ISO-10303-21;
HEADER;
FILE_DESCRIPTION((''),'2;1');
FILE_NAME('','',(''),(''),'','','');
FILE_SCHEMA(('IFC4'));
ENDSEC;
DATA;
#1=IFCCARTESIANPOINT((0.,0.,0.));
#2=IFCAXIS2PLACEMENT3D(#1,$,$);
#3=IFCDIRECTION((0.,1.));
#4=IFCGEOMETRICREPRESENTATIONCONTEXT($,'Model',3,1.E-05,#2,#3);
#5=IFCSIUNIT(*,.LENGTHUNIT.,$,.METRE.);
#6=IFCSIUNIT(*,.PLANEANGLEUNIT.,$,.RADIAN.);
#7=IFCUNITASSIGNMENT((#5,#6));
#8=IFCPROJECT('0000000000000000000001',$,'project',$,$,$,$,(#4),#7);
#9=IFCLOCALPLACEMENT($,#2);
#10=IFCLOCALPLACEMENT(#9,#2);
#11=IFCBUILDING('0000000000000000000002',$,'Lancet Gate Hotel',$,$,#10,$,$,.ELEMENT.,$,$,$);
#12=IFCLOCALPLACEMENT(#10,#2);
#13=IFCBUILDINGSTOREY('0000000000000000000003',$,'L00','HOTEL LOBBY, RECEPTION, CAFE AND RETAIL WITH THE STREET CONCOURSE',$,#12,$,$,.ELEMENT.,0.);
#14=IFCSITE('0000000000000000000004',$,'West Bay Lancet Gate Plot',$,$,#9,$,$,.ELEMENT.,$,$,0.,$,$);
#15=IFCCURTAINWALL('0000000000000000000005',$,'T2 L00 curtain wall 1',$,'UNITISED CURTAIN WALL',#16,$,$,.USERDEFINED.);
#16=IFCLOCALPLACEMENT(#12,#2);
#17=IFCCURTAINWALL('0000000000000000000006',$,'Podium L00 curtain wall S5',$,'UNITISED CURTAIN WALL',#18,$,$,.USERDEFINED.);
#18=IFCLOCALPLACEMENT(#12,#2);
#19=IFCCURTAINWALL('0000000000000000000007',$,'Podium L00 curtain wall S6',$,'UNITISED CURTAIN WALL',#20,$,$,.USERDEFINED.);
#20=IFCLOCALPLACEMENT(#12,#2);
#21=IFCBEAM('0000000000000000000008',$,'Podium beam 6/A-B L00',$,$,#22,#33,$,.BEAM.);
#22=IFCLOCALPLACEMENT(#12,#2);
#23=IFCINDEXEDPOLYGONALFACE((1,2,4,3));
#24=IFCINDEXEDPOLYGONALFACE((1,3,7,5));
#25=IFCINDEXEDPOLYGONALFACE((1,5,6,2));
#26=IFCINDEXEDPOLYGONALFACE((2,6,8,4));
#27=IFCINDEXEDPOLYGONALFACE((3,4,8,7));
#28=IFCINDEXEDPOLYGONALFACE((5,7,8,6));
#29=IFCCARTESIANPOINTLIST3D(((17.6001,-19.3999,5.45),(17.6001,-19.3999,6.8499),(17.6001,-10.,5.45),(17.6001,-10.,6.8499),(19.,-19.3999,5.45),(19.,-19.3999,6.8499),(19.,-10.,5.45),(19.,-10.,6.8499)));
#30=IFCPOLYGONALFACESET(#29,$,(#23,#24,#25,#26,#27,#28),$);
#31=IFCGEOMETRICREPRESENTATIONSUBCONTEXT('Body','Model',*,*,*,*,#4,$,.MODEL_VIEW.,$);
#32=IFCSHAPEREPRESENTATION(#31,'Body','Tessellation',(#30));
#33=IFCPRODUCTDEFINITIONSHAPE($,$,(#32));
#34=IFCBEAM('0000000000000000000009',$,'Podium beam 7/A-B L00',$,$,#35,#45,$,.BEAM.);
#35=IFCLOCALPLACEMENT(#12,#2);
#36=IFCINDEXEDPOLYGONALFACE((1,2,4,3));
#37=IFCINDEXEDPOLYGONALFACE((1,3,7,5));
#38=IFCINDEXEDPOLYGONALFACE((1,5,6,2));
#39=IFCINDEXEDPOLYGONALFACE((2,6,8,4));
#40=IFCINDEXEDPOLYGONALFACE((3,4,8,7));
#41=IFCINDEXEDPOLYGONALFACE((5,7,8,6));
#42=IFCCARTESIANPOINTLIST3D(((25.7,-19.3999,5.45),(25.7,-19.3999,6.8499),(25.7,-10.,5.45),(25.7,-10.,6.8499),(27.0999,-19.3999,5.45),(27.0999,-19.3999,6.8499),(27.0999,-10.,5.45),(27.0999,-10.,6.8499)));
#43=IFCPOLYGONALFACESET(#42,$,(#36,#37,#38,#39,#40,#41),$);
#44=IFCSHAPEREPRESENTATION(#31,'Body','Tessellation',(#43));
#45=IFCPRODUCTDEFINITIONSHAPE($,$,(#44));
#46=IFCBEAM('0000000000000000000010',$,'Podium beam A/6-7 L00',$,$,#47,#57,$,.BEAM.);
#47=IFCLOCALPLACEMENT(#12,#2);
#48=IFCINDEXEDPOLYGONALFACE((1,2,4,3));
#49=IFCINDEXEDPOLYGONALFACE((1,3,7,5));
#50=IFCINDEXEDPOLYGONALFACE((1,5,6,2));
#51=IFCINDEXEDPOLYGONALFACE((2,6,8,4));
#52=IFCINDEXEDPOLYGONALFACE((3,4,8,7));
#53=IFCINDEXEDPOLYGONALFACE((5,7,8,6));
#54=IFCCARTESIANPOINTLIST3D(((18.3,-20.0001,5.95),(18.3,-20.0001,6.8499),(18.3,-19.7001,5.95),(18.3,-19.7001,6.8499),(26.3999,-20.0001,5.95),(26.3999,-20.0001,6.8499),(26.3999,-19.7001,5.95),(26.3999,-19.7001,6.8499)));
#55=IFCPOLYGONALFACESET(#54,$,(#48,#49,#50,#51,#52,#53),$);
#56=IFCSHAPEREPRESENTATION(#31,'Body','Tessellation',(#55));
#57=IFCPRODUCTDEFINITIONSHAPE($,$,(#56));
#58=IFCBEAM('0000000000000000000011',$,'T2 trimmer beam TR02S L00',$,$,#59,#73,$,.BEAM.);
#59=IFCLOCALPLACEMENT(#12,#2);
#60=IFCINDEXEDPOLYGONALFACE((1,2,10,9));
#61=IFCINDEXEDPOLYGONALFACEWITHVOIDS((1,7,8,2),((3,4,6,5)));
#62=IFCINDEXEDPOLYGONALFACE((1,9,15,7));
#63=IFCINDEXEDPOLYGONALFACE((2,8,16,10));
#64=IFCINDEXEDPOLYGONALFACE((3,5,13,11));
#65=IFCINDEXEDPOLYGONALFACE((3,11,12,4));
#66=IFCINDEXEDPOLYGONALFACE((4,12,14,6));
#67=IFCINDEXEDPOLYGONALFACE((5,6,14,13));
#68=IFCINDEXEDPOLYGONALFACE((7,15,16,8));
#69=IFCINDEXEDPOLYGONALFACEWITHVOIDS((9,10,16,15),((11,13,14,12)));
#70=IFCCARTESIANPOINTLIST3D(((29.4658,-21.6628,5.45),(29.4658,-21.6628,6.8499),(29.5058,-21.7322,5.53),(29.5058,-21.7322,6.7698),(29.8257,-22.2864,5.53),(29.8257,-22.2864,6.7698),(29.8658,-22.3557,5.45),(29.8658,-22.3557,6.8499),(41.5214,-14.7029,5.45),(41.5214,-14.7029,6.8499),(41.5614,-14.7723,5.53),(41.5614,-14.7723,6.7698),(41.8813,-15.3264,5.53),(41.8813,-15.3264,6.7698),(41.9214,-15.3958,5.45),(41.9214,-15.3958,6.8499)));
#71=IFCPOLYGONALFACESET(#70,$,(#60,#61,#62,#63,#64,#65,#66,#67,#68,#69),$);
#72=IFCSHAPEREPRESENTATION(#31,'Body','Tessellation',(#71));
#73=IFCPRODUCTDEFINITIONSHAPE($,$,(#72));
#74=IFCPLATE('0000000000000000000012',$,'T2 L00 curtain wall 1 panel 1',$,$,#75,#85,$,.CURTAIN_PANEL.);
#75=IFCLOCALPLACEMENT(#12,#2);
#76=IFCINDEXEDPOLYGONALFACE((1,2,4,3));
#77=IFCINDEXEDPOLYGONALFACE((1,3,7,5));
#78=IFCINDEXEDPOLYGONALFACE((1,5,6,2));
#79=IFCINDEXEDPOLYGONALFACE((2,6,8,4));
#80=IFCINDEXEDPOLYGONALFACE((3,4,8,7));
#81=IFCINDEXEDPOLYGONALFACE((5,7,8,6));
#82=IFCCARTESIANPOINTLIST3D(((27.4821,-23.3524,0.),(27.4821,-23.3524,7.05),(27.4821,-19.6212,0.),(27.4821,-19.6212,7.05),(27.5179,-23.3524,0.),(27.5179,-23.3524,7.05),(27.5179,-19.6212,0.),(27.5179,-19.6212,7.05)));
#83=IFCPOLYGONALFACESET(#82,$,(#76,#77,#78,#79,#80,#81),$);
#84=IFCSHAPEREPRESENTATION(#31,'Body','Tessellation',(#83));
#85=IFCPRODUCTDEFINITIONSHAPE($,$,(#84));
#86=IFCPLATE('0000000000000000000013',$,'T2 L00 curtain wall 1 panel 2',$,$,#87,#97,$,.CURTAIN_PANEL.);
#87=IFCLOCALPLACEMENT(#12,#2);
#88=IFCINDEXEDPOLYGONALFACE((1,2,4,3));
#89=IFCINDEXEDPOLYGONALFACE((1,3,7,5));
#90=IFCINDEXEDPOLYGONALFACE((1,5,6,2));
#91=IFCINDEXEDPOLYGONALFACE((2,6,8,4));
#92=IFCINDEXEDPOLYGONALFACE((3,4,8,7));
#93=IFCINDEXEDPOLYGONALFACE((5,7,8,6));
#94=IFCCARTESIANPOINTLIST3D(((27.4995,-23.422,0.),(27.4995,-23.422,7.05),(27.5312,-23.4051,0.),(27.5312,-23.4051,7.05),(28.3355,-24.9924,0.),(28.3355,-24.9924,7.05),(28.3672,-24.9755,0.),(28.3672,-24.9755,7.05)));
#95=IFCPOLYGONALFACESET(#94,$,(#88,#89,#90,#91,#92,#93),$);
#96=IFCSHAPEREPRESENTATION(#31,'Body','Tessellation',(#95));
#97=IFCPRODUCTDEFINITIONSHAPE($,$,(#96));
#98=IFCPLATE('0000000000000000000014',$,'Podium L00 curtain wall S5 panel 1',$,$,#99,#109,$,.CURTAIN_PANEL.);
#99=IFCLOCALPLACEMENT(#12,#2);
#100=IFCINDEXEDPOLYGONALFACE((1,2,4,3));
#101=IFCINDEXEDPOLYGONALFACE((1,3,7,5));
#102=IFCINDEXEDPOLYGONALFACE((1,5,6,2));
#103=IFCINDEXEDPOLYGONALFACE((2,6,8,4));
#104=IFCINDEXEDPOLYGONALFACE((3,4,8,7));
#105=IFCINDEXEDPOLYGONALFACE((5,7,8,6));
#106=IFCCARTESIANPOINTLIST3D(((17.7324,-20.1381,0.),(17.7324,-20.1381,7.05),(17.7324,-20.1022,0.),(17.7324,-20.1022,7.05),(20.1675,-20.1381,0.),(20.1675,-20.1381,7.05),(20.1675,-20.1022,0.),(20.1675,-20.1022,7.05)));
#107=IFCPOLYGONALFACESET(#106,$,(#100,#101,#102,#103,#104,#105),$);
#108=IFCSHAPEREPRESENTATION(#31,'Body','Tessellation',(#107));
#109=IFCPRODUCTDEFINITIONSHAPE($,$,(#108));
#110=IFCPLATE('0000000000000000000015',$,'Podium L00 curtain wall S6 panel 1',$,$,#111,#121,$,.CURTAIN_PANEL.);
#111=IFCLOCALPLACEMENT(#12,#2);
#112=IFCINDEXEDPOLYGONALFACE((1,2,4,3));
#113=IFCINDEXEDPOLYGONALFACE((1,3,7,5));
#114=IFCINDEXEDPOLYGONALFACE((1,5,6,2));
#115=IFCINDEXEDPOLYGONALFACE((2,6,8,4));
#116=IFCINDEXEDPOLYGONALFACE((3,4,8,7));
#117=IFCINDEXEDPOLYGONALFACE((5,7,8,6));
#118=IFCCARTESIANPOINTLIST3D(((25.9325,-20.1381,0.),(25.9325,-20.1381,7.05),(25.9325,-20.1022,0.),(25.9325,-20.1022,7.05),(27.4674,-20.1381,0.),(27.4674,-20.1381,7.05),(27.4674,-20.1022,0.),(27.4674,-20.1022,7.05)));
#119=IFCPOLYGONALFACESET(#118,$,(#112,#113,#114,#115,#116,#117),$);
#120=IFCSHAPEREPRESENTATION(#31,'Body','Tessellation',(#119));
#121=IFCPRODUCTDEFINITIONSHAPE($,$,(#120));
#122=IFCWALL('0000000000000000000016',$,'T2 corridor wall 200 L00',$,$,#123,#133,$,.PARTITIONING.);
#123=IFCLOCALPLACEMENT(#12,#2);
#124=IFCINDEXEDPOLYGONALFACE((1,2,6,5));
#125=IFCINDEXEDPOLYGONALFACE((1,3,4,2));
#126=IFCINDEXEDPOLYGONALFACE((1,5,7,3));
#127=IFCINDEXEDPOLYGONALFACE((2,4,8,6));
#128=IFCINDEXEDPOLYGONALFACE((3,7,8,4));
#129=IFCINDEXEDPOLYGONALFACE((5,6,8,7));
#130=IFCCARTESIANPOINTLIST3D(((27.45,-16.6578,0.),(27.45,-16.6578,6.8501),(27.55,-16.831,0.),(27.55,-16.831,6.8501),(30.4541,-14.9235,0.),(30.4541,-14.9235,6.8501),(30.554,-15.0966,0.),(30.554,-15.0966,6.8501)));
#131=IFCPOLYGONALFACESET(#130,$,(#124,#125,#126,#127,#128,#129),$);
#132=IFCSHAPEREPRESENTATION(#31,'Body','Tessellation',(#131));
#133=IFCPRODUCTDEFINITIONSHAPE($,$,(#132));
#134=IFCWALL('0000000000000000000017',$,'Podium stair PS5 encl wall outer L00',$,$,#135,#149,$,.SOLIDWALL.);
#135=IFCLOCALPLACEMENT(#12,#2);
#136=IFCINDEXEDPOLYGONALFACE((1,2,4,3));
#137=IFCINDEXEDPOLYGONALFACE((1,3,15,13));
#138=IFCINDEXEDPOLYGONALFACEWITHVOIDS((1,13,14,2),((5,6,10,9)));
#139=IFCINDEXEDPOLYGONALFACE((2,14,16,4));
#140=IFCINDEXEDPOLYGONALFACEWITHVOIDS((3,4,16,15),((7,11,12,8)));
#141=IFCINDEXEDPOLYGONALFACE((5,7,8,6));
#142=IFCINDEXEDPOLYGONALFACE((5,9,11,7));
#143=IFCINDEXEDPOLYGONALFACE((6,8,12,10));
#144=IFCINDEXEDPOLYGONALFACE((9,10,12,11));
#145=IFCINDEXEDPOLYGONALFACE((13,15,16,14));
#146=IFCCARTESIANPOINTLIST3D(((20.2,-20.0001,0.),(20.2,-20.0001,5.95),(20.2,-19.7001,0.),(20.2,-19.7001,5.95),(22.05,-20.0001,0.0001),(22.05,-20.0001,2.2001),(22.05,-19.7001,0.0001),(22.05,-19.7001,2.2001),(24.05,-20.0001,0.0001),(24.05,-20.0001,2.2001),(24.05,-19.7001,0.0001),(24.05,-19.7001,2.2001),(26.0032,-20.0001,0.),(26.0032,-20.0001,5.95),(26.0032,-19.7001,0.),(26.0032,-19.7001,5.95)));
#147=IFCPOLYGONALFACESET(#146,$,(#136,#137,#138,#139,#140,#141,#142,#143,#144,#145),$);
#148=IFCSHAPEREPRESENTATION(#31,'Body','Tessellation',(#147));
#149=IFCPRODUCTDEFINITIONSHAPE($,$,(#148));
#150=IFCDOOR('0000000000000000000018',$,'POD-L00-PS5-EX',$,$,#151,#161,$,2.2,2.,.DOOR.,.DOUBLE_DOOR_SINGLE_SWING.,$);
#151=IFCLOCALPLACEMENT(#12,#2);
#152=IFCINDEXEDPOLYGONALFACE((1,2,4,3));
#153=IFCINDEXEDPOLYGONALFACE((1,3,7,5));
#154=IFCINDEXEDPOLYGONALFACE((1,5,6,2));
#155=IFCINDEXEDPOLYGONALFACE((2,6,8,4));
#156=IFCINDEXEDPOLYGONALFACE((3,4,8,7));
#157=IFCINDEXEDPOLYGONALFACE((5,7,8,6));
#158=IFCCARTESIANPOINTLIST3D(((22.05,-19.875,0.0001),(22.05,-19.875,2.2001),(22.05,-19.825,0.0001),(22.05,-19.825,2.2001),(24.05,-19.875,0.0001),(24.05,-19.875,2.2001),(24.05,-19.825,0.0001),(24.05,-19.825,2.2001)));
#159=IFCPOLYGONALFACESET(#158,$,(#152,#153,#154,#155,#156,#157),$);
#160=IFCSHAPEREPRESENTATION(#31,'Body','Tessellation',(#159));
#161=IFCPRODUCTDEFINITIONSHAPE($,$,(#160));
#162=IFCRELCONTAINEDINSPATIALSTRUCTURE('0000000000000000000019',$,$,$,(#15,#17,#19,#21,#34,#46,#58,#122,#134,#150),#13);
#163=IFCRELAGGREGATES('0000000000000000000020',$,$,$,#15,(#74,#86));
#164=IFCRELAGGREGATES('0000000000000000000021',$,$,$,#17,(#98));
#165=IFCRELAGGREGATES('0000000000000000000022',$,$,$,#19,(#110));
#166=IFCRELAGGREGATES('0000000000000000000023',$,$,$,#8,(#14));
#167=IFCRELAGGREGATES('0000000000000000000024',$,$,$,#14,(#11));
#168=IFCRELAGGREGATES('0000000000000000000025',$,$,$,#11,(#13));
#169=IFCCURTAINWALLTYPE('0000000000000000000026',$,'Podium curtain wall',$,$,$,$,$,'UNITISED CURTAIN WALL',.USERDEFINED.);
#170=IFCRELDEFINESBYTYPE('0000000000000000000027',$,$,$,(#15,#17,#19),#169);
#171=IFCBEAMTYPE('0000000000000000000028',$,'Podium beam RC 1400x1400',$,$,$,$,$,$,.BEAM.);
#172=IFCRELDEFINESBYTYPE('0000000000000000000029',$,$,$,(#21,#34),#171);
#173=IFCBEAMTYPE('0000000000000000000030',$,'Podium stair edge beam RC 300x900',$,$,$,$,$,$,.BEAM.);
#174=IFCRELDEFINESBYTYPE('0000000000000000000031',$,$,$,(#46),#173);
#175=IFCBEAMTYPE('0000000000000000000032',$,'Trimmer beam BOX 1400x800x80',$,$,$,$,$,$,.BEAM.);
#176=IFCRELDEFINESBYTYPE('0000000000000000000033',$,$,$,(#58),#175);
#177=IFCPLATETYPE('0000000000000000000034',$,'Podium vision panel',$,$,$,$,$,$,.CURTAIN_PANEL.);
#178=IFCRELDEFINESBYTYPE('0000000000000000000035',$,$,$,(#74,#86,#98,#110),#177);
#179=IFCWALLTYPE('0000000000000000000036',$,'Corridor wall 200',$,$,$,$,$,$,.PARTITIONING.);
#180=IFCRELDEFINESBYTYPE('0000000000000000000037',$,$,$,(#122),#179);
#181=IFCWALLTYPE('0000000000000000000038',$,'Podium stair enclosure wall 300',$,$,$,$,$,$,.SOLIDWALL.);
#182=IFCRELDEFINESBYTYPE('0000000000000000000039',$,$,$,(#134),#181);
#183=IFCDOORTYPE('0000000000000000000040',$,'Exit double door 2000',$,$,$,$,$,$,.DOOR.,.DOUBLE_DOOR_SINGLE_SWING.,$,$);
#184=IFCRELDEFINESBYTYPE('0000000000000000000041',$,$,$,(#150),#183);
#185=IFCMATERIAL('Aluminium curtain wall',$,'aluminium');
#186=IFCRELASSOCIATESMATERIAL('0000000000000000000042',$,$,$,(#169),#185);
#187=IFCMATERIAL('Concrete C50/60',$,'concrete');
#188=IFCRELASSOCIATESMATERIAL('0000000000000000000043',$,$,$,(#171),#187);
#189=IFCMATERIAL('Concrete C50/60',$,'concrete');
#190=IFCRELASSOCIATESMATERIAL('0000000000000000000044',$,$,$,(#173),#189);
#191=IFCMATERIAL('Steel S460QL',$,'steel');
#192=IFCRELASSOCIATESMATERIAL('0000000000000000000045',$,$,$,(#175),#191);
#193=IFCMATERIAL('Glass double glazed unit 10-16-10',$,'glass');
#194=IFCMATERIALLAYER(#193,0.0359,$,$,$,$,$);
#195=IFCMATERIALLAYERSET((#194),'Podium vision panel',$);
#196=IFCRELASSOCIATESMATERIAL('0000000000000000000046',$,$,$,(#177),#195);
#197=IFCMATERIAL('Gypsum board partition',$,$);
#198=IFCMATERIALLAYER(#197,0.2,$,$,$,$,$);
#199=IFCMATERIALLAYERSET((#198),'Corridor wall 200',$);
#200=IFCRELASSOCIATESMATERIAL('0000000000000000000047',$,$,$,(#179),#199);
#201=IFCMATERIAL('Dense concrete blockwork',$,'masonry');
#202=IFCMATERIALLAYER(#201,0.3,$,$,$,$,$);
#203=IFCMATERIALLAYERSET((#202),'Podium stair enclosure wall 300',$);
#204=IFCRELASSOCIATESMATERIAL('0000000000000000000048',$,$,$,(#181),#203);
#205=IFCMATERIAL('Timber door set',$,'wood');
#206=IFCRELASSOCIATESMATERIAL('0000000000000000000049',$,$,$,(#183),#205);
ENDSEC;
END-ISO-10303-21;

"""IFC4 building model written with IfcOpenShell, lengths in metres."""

from ifc_helpers import new_model, si_unit, direction, frame, frame_2d, origin, origin_2d, place, context, subcontext, project, spatial, rectangle, hollow_rectangle, extrude, material, layer, layer_set, material_profile, profile_set, type_object, element, fill, aggregate, save


model = new_model("IFC4")

# Units and contexts
model_context = context("Model", 3, precision=1e-05, world=origin(), true_north=direction((0.0, 1.0)))
body_context = subcontext(model_context, "Body", "Model", "MODEL_VIEW")
ifc_project = project(units=[si_unit("LENGTHUNIT", "METRE"), si_unit("PLANEANGLEUNIT", "RADIAN")], contexts=[model_context])

# Site, building, storey
site_placement = place(None, origin())
site = spatial("IfcSite", under=ifc_project, at=site_placement, Name="West Bay Lancet Gate Plot", CompositionType="ELEMENT", RefElevation=0.0)
building_placement = place(site_placement, origin())
building = spatial("IfcBuilding", under=site, at=building_placement, Name="Lancet Gate Hotel", CompositionType="ELEMENT")
storey_placement = place(building_placement, origin())
storey = spatial("IfcBuildingStorey", under=building, at=storey_placement, Name="L00", Description="HOTEL LOBBY, RECEPTION, CAFE AND RETAIL WITH THE STREET CONCOURSE", CompositionType="ELEMENT", Elevation=0.0)

# Curtain wall
ifc_material_1 = material(Name="Aluminium curtain wall", Category="aluminium")
curtain_wall_type = type_object("IfcCurtainWallType", Name="Podium curtain wall", ElementType="UNITISED CURTAIN WALL", PredefinedType="USERDEFINED", material=ifc_material_1)
curtain_wall_1_placement = place(storey_placement, origin())
curtain_wall_1 = element("IfcCurtainWall", 1, at=curtain_wall_1_placement, inside=storey, type_object=curtain_wall_type, Name="T2 L00 curtain wall 1", ObjectType="UNITISED CURTAIN WALL", PredefinedType="USERDEFINED")

# Curtain wall
curtain_wall_2_placement = place(storey_placement, origin())
curtain_wall_2 = element("IfcCurtainWall", 2, at=curtain_wall_2_placement, inside=storey, type_object=curtain_wall_type, Name="Podium L00 curtain wall S5", ObjectType="UNITISED CURTAIN WALL", PredefinedType="USERDEFINED")

# Curtain wall
curtain_wall_3_placement = place(storey_placement, origin())
curtain_wall_3 = element("IfcCurtainWall", 3, at=curtain_wall_3_placement, inside=storey, type_object=curtain_wall_type, Name="Podium L00 curtain wall S6", ObjectType="UNITISED CURTAIN WALL", PredefinedType="USERDEFINED")

# Beams
ifc_material_2 = material(Name="Concrete C50/60", Category="concrete")
ifc_material_profile_1 = material_profile(ifc_material_2, rectangle(XDim=1.3999, YDim=1.3999, at=origin_2d()), Name="RC 1400x1400")
ifc_profile_set_1 = profile_set([ifc_material_profile_1], Name="Concrete C50/60")
beam_type_1 = type_object("IfcBeamType", Name="Podium beam RC 1400x1400", PredefinedType="BEAM", material=ifc_profile_set_1)
for number, where, z_axis, x_axis, name in (
    (4, (18.3, -19.3999, 6.1499), (0.0, 1.0, 0.0), (-1.0, 0.0, 0.0), "Podium beam 6/A-B L00"),
    (5, (26.3999, -19.3999, 6.1499), (0.0, 1.0, 0.0), (-1.0, 0.0, 0.0), "Podium beam 7/A-B L00"),
):
    element("IfcBeam", number, at=place(storey_placement, frame(where, z_axis=z_axis, x_axis=x_axis)), inside=storey, type_object=beam_type_1, Name=name, PredefinedType="BEAM", context=body_context, shape_type="SweptSolid", body=[
        extrude(rectangle(XDim=1.3999, YDim=1.3999, at=origin_2d()), origin(), (0.0, 0.0, 1.0), 9.3999),
    ])
ifc_material_3 = material(Name="Concrete C50/60", Category="concrete")
ifc_material_profile_2 = material_profile(ifc_material_3, rectangle(XDim=0.3, YDim=0.8999, at=origin_2d()), Name="RC 300x900")
ifc_profile_set_2 = profile_set([ifc_material_profile_2], Name="Concrete C50/60")
beam_type_2 = type_object("IfcBeamType", Name="Podium stair edge beam RC 300x900", PredefinedType="BEAM", material=ifc_profile_set_2)
beam_1_placement = place(storey_placement, frame((18.3, -19.8501, 6.3999), z_axis=(1.0, 0.0, 0.0), x_axis=(0.0, 1.0, 0.0)))
element("IfcBeam", 6, at=beam_1_placement, inside=storey, type_object=beam_type_2, Name="Podium beam A/6-7 L00", PredefinedType="BEAM", context=body_context, shape_type="SweptSolid", body=[
    extrude(rectangle(XDim=0.3, YDim=0.8999, at=origin_2d()), origin(), (0.0, 0.0, 1.0), 8.0999),
])
ifc_material_4 = material(Name="Steel S460QL", Category="steel")
ifc_material_profile_3 = material_profile(ifc_material_4, hollow_rectangle(XDim=0.8, YDim=1.3999, WallThickness=0.0801, at=origin_2d()), Name="BOX 1400x800x80")
ifc_profile_set_3 = profile_set([ifc_material_profile_3], Name="Steel S460QL")
beam_type_3 = type_object("IfcBeamType", Name="Trimmer beam BOX 1400x800x80", PredefinedType="BEAM", material=ifc_profile_set_3)
beam_2_placement = place(storey_placement, frame((29.6658, -22.0093, 6.1499), z_axis=(0.866037, 0.49998, 0.0), x_axis=(-0.49998, 0.866037, 0.0)))
element("IfcBeam", 7, at=beam_2_placement, inside=storey, type_object=beam_type_3, Name="T2 trimmer beam TR02S L00", PredefinedType="BEAM", context=body_context, shape_type="SweptSolid", body=[
    extrude(hollow_rectangle(XDim=0.8, YDim=1.3999, WallThickness=0.0801, at=origin_2d()), origin(), (0.0, 0.0, 1.0), 13.9204),
])

# Plates
ifc_material_5 = material(Name="Glass double glazed unit 10-16-10", Category="glass")
ifc_layer_1 = layer(ifc_material_5, 0.0359)
ifc_layer_set_1 = layer_set([ifc_layer_1], Name="Podium vision panel")
plate_type = type_object("IfcPlateType", Name="Podium vision panel", PredefinedType="CURTAIN_PANEL", material=ifc_layer_set_1)
plate_1_placement = place(storey_placement, frame((27.5, -21.4868, 0.0), z_axis=(0.0, 0.0, 1.0), x_axis=(0.0, -1.0, 0.0)))
plate_1 = element("IfcPlate", 8, at=plate_1_placement, type_object=plate_type, Name="T2 L00 curtain wall 1 panel 1", PredefinedType="CURTAIN_PANEL", context=body_context, shape_type="SweptSolid", body=[
    extrude(rectangle(XDim=3.7312, YDim=0.0359, at=origin_2d()), origin(), (0.0, 0.0, 1.0), 7.05),
])
plate_2_placement = place(storey_placement, frame((27.9333, -24.1987, 0.0), z_axis=(0.0, 0.0, 1.0), x_axis=(0.469898, -0.882721, 0.0)))
plate_2 = element("IfcPlate", 9, at=plate_2_placement, type_object=plate_type, Name="T2 L00 curtain wall 1 panel 2", PredefinedType="CURTAIN_PANEL", context=body_context, shape_type="SweptSolid", body=[
    extrude(rectangle(XDim=1.7791, YDim=0.0359, at=origin_2d()), origin(), (0.0, 0.0, 1.0), 7.05),
])
aggregate(curtain_wall_1, [plate_1, plate_2])
plate_3_placement = place(storey_placement, frame((18.95, -20.1201, 0.0), z_axis=(0.0, 0.0, 1.0), x_axis=(1.0, 0.0, 0.0)))
plate_3 = element("IfcPlate", 10, at=plate_3_placement, type_object=plate_type, Name="Podium L00 curtain wall S5 panel 1", PredefinedType="CURTAIN_PANEL", context=body_context, shape_type="SweptSolid", body=[
    extrude(rectangle(XDim=2.4351, YDim=0.0359, at=origin_2d()), origin(), (0.0, 0.0, 1.0), 7.05),
])
aggregate(curtain_wall_2, [plate_3])
plate_4_placement = place(storey_placement, frame((26.7, -20.1201, 0.0), z_axis=(0.0, 0.0, 1.0), x_axis=(1.0, 0.0, 0.0)))
plate_4 = element("IfcPlate", 11, at=plate_4_placement, type_object=plate_type, Name="Podium L00 curtain wall S6 panel 1", PredefinedType="CURTAIN_PANEL", context=body_context, shape_type="SweptSolid", body=[
    extrude(rectangle(XDim=1.5349, YDim=0.0359, at=origin_2d()), origin(), (0.0, 0.0, 1.0), 7.05),
])
aggregate(curtain_wall_3, [plate_4])

# Wall
ifc_material_6 = material(Name="Gypsum board partition")
ifc_layer_2 = layer(ifc_material_6, 0.2)
ifc_layer_set_2 = layer_set([ifc_layer_2], Name="Corridor wall 200")
wall_type_1 = type_object("IfcWallType", Name="Corridor wall 200", PredefinedType="PARTITIONING", material=ifc_layer_set_2)
wall_1_placement = place(storey_placement, frame((27.5, -16.7444, 0.0), z_axis=(0.0, 0.0, 1.0), x_axis=(0.866034, 0.499984, 0.0)))
element("IfcWall", 12, at=wall_1_placement, inside=storey, type_object=wall_type_1, Name="T2 corridor wall 200 L00", PredefinedType="PARTITIONING", context=body_context, shape_type="SweptSolid", body=[
    extrude(rectangle(XDim=3.4688, YDim=0.2, at=frame_2d((1.7344, 0.0))), origin(), (0.0, 0.0, 1.0), 6.8501),
])

# Wall, opening, door
ifc_material_7 = material(Name="Dense concrete blockwork", Category="masonry")
ifc_layer_3 = layer(ifc_material_7, 0.3)
ifc_layer_set_3 = layer_set([ifc_layer_3], Name="Podium stair enclosure wall 300")
wall_type_2 = type_object("IfcWallType", Name="Podium stair enclosure wall 300", PredefinedType="SOLIDWALL", material=ifc_layer_set_3)
wall_2_placement = place(storey_placement, frame((26.0032, -19.8501, 0.0), z_axis=(0.0, 0.0, 1.0), x_axis=(-1.0, 0.0, 0.0)))
wall_2 = element("IfcWall", 13, at=wall_2_placement, inside=storey, type_object=wall_type_2, Name="Podium stair PS5 encl wall outer L00", PredefinedType="SOLIDWALL", context=body_context, shape_type="SweptSolid", body=[
    extrude(rectangle(XDim=5.8032, YDim=0.3, at=frame_2d((2.9016, 0.0))), origin(), (0.0, 0.0, 1.0), 5.95),
])
opening_placement = place(wall_2_placement, frame((1.9531, 0.0, 0.0)))
opening = element("IfcOpeningElement", 14, at=opening_placement, cuts=wall_2, PredefinedType="OPENING", context=body_context, shape_type="SweptSolid", body=[
    extrude(rectangle(XDim=2.0, YDim=2.2, at=frame_2d((1.0, 1.1001))), frame((0.0, 0.1599, 0.0), z_axis=(0.0, -1.0, 0.0), x_axis=(1.0, 0.0, 0.0)), (0.0, 0.0, 1.0), 0.3201),
])
ifc_material_8 = material(Name="Timber door set", Category="wood")
door_type = type_object("IfcDoorType", Name="Exit double door 2000", OperationType="DOUBLE_DOOR_SINGLE_SWING", PredefinedType="DOOR", material=ifc_material_8)
door_placement = place(opening_placement, origin())
door = element("IfcDoor", 15, at=door_placement, inside=storey, type_object=door_type, Name="POD-L00-PS5-EX", OperationType="DOUBLE_DOOR_SINGLE_SWING", OverallHeight=2.2, OverallWidth=2.0, PredefinedType="DOOR", context=body_context, shape_type="SweptSolid", body=[
    extrude(rectangle(XDim=2.0, YDim=2.2, at=frame_2d((1.0, 1.1001))), frame((0.0, 0.0249, 0.0), z_axis=(0.0, -1.0, 0.0), x_axis=(1.0, 0.0, 0.0)), (0.0, 0.0, 1.0), 0.05),
])
fill(opening, door)

save(model, "model.ifc")
